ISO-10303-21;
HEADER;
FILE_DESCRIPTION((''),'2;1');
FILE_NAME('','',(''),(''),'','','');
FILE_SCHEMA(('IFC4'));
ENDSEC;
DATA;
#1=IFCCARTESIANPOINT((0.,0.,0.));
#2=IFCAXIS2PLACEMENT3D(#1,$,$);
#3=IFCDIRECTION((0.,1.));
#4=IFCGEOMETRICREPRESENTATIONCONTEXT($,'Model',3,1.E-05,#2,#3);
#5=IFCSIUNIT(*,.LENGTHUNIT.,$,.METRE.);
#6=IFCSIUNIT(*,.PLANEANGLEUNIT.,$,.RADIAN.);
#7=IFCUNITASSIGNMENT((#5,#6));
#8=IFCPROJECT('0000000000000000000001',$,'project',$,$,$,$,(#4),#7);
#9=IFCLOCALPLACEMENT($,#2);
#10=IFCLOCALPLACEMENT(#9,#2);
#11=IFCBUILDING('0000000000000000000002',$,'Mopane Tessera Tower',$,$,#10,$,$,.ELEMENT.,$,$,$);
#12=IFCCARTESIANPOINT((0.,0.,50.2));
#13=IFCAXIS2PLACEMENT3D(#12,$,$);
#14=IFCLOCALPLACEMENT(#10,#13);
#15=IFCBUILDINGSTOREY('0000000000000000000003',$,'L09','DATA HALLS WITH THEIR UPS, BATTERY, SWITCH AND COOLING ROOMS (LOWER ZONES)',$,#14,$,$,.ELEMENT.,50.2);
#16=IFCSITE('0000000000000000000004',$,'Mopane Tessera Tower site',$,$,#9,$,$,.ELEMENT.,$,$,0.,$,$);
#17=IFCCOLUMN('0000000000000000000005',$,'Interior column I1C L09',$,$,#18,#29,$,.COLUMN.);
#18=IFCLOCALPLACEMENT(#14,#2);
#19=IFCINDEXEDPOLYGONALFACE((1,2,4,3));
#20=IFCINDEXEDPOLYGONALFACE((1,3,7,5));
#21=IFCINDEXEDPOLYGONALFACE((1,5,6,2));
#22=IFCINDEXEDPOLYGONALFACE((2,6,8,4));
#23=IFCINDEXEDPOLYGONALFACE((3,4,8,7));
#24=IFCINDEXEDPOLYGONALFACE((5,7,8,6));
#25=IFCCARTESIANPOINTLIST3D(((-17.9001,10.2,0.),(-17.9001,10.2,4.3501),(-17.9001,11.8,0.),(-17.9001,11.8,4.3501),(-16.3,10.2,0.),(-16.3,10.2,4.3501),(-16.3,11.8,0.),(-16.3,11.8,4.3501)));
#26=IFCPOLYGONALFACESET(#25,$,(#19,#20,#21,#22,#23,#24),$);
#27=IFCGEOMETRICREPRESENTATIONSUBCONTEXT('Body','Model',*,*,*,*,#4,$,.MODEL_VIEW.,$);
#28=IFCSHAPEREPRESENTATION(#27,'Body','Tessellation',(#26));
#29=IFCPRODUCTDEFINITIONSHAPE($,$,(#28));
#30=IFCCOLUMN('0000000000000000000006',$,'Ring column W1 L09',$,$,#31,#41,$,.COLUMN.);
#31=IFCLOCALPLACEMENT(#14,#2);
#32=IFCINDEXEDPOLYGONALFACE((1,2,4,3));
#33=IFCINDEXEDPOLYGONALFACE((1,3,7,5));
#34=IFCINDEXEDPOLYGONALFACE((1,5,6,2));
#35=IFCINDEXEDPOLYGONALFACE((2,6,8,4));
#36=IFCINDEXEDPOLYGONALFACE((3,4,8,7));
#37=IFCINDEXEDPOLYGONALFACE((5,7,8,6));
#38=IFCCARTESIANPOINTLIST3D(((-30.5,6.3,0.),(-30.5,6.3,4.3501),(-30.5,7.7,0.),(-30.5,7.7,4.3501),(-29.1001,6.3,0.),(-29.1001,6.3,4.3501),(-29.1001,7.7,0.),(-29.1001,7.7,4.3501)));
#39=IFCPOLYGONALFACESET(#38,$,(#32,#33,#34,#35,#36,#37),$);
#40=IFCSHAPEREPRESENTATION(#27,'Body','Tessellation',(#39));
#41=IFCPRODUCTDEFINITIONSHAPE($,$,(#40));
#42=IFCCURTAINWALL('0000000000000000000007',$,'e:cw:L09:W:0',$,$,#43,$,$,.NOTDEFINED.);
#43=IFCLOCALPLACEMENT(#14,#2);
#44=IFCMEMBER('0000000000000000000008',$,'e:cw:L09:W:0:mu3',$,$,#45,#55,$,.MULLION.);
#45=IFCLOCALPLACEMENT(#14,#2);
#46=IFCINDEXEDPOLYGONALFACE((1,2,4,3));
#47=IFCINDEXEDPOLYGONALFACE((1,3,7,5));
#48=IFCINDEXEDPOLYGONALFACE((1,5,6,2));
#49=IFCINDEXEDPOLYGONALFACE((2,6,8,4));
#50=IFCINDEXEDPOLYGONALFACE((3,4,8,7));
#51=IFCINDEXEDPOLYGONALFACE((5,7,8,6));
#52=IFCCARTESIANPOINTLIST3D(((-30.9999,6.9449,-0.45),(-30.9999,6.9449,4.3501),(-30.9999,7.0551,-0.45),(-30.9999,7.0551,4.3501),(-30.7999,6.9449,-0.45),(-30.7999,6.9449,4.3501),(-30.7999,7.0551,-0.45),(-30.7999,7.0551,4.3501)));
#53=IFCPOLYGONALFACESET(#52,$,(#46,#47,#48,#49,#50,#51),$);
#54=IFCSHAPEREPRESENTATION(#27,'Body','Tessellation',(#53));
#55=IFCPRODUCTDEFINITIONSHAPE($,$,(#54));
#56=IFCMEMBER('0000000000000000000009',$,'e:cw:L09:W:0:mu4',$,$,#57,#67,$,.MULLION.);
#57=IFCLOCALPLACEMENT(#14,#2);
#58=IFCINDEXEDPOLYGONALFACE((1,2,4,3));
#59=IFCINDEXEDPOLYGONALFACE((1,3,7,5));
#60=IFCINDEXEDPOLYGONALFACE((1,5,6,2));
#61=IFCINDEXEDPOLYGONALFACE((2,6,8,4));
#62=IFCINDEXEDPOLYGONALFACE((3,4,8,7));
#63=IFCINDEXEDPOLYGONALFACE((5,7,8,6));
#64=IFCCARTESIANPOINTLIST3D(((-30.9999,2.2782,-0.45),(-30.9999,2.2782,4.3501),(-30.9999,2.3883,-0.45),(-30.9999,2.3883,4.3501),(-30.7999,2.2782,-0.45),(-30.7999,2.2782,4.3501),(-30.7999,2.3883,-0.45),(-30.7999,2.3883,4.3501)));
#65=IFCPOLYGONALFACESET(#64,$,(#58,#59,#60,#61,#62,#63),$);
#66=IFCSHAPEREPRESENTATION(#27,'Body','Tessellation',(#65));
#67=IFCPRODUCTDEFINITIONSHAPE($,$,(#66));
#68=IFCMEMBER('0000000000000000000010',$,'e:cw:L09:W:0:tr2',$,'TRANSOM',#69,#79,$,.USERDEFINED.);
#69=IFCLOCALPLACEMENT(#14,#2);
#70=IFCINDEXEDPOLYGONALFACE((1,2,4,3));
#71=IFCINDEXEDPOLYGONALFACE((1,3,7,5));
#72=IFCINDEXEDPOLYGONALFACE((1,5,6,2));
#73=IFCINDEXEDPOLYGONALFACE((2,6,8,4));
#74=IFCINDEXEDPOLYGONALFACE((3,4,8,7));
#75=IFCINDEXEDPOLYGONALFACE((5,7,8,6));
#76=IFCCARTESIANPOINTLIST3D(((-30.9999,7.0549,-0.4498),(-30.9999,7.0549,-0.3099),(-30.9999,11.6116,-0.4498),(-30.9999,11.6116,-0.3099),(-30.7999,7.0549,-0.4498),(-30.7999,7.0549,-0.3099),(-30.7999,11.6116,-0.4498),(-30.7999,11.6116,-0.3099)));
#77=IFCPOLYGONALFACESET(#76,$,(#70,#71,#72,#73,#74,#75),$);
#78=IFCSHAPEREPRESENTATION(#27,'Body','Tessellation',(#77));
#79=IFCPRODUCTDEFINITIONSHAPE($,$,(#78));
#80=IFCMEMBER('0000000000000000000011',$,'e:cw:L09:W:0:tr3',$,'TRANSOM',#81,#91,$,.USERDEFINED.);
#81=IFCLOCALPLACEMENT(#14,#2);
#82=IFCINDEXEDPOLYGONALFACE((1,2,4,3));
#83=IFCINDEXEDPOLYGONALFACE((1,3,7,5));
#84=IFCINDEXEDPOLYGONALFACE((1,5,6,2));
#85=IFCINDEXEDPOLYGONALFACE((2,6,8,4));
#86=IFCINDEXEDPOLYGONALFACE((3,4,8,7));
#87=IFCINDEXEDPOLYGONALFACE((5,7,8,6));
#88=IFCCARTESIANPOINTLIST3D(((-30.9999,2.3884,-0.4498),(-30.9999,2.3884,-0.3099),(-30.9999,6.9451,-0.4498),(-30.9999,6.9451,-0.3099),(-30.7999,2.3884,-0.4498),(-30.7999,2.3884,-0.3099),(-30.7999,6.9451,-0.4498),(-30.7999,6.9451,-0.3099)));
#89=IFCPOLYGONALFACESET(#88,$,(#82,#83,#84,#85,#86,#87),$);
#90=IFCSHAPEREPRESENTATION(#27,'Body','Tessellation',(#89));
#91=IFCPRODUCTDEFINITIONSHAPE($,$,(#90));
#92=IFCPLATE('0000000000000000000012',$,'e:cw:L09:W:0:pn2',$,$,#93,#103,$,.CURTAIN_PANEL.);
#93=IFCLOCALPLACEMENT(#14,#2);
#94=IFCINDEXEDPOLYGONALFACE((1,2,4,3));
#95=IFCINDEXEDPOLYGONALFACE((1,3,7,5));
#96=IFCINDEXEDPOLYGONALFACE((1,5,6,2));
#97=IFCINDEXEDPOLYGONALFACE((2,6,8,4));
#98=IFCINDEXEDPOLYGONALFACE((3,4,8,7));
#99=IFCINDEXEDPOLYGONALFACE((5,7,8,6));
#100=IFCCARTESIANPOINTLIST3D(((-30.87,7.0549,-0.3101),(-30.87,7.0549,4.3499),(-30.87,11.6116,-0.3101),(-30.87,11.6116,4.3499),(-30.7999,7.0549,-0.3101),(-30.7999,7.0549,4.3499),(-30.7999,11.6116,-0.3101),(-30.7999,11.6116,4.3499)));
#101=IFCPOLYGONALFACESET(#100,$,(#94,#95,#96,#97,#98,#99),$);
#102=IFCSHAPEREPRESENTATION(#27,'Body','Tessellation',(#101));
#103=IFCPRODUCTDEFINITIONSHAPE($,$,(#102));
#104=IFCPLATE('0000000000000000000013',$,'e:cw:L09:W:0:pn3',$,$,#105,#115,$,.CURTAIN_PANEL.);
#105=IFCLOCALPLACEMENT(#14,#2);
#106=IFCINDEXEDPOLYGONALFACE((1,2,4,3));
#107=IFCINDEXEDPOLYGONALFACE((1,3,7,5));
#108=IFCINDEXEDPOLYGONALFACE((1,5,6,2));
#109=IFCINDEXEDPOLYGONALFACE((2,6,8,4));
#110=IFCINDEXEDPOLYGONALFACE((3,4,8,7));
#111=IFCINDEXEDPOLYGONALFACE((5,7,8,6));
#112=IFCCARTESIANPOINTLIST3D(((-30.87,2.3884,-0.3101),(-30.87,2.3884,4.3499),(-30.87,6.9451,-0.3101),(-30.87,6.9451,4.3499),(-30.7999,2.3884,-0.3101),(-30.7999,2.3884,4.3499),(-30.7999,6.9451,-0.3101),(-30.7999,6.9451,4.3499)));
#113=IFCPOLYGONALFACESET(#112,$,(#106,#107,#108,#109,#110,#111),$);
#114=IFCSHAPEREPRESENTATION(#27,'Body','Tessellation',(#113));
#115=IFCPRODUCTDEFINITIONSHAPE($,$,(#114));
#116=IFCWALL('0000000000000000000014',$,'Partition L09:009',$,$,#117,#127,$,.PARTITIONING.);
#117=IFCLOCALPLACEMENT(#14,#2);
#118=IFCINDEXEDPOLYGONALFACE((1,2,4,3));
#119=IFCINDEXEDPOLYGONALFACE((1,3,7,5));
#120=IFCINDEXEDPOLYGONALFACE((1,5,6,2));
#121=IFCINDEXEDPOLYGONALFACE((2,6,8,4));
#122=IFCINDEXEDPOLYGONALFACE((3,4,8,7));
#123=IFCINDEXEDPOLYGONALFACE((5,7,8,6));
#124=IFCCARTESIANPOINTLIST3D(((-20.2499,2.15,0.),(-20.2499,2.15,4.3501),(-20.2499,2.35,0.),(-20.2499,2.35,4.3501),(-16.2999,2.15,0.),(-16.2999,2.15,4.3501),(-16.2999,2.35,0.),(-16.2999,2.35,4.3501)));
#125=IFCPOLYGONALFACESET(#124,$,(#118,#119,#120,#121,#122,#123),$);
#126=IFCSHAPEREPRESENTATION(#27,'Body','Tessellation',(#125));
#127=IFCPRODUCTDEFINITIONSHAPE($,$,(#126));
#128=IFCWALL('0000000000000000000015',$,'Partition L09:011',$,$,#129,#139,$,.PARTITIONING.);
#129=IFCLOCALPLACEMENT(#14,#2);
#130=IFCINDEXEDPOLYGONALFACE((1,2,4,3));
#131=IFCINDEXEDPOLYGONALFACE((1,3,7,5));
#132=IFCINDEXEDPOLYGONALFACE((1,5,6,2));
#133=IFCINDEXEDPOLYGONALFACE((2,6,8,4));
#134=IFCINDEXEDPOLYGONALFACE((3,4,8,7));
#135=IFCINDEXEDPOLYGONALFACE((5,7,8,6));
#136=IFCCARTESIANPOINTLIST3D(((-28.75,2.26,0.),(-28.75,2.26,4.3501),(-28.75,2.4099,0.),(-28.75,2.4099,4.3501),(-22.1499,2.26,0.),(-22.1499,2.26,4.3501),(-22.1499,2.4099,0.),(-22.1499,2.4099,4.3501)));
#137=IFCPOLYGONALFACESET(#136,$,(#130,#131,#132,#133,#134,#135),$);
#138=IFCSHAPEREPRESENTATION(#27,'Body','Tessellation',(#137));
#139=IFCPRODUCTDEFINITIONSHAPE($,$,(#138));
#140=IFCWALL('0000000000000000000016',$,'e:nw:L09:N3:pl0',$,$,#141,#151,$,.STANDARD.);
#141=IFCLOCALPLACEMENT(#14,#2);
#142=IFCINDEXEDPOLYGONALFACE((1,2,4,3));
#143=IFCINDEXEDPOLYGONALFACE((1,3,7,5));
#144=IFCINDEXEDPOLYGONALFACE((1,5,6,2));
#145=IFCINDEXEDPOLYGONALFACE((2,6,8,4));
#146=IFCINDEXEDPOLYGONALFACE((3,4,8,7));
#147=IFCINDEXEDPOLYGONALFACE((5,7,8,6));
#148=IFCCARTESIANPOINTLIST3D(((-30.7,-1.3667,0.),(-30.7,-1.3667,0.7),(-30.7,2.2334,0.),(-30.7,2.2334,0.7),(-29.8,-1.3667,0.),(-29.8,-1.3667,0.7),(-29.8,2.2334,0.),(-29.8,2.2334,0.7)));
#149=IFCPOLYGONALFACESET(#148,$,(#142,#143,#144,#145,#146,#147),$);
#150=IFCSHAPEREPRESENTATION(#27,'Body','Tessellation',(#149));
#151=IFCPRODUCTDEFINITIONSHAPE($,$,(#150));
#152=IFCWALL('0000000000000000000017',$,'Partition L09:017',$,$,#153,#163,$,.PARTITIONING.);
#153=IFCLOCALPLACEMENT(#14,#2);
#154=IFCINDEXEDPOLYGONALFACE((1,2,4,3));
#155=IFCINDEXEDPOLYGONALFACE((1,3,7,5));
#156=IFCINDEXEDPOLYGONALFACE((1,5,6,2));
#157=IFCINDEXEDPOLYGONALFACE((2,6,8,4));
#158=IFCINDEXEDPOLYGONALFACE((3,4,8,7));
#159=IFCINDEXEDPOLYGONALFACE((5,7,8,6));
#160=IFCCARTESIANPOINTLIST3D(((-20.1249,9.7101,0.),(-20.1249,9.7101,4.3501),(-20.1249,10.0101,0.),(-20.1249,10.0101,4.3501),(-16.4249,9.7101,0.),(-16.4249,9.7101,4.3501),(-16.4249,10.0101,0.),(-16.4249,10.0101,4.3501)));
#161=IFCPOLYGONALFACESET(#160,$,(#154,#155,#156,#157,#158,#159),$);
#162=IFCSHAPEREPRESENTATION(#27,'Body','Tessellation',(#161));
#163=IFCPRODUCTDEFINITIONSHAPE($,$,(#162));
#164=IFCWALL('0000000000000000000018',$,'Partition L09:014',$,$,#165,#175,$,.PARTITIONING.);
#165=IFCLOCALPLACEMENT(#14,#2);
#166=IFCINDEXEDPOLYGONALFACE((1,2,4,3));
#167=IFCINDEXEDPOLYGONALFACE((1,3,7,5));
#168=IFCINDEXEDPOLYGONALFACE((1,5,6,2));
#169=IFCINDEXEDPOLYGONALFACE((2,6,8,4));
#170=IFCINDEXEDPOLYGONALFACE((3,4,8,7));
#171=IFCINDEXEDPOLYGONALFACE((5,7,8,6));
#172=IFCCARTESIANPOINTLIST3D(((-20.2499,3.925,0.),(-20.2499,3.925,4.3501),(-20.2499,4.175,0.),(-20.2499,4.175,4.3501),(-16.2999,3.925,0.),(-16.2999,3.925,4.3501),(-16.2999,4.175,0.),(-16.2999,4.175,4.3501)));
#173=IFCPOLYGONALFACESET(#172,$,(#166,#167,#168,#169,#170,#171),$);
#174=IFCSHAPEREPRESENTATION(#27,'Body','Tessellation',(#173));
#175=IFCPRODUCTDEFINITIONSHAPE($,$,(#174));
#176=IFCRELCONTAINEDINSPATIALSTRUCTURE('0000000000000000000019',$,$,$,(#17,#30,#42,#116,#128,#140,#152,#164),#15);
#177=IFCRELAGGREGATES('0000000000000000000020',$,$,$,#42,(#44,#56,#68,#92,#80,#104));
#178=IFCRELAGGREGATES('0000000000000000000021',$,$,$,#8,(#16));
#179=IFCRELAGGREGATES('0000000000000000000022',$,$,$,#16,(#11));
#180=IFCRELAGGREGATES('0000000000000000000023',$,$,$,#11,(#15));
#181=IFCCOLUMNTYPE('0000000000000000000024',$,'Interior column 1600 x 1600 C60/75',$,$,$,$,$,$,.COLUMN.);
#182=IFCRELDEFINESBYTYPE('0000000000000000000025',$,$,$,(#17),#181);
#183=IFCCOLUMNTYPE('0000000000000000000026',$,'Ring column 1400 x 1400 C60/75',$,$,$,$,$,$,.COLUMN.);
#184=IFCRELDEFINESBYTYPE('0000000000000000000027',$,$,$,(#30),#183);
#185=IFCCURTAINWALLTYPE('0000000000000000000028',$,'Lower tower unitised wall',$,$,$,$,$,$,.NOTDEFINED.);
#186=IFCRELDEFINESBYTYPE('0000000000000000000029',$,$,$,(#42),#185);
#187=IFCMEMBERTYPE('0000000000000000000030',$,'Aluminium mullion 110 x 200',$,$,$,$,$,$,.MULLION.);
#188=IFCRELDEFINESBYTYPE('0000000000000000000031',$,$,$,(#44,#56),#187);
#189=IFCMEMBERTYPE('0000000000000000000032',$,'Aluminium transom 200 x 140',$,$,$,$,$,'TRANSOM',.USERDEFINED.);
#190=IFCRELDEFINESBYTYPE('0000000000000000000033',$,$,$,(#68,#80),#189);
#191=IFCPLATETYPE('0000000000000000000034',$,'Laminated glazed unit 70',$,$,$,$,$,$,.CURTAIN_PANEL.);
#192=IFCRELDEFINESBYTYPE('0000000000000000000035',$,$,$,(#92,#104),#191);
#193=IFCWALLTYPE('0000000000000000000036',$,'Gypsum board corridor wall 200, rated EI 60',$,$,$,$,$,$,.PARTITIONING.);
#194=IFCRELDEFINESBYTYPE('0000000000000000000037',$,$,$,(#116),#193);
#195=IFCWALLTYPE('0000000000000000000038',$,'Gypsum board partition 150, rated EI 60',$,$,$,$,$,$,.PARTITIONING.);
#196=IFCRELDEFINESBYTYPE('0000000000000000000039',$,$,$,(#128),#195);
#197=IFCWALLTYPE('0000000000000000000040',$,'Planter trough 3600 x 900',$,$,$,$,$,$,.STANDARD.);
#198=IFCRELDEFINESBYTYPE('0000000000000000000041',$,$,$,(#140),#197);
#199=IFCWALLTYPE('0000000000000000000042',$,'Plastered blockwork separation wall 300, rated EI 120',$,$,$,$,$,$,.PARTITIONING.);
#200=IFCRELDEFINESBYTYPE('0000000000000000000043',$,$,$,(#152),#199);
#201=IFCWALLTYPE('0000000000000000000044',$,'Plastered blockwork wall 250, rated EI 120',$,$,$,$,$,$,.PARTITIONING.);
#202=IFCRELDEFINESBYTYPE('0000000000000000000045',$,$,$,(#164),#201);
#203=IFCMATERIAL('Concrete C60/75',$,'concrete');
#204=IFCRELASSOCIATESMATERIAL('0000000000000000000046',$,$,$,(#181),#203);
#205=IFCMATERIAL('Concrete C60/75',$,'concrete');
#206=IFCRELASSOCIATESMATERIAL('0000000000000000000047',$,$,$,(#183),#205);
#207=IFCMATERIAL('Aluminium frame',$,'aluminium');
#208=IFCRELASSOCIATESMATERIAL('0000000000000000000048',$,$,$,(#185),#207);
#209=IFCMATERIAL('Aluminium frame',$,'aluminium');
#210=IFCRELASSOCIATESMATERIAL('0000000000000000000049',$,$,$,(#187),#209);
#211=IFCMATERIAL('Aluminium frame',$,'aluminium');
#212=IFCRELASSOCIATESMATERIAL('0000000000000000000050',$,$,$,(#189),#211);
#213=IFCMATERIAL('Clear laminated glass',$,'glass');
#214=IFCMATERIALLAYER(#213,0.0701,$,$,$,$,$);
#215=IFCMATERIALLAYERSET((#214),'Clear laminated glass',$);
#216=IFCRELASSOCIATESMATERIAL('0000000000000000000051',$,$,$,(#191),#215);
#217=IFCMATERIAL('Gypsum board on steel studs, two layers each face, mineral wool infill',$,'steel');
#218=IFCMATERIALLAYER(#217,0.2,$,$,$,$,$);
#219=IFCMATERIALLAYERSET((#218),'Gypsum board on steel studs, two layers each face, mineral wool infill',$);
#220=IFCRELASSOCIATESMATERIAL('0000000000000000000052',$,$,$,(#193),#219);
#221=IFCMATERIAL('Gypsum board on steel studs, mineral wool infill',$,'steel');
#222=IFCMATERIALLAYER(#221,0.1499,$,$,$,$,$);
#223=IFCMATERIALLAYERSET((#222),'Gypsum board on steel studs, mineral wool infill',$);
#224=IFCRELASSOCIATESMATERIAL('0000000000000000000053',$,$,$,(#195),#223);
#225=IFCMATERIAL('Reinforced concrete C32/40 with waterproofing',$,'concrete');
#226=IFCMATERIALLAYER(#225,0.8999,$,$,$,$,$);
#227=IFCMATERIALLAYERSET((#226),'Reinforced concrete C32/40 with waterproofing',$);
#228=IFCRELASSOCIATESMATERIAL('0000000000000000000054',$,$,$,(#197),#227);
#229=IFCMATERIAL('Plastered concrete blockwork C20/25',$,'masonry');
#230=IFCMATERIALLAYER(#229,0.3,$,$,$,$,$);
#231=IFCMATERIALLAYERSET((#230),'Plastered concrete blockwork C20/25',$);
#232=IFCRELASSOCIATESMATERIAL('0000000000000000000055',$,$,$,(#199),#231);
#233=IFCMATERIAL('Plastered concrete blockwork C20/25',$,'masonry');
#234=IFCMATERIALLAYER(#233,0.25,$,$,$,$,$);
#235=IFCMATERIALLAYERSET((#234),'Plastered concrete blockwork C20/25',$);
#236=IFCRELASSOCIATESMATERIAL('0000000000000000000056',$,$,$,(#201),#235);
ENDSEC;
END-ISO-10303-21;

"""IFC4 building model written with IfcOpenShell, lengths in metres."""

from ifc_helpers import new_model, si_unit, direction, frame, frame_2d, origin, origin_2d, place, context, subcontext, project, spatial, rectangle, extrude, material, layer, layer_set, material_profile, profile_set, type_object, element, aggregate, save


model = new_model("IFC4")

# Units and contexts
model_context = context("Model", 3, precision=1e-05, world=origin(), true_north=direction((0.0, 1.0)))
body_context = subcontext(model_context, "Body", "Model", "MODEL_VIEW")
ifc_project = project(units=[si_unit("LENGTHUNIT", "METRE"), si_unit("PLANEANGLEUNIT", "RADIAN")], contexts=[model_context])

# Site, building, storey
site_placement = place(None, origin())
site = spatial("IfcSite", under=ifc_project, at=site_placement, Name="Mopane Tessera Tower site", CompositionType="ELEMENT", RefElevation=0.0)
building_placement = place(site_placement, origin())
building = spatial("IfcBuilding", under=site, at=building_placement, Name="Mopane Tessera Tower", CompositionType="ELEMENT")
storey_placement = place(building_placement, frame((0.0, 0.0, 50.2)))
storey = spatial("IfcBuildingStorey", under=building, at=storey_placement, Name="L09", Description="DATA HALLS WITH THEIR UPS, BATTERY, SWITCH AND COOLING ROOMS (LOWER ZONES)", CompositionType="ELEMENT", Elevation=50.2)

# Columns
ifc_material_1 = material(Name="Concrete C60/75", Category="concrete")
ifc_material_profile_1 = material_profile(ifc_material_1, rectangle(XDim=1.6001, YDim=1.6001, at=origin_2d()))
ifc_profile_set_1 = profile_set([ifc_material_profile_1], Name="Concrete C60/75")
column_type_1 = type_object("IfcColumnType", Name="Interior column 1600 x 1600 C60/75", PredefinedType="COLUMN", material=ifc_profile_set_1)
column_1_placement = place(storey_placement, frame((-17.1001, 11.0, 0.0), z_axis=(0.0, 0.0, 1.0), x_axis=(1.0, 0.0, 0.0)))
element("IfcColumn", 1, at=column_1_placement, inside=storey, type_object=column_type_1, Name="Interior column I1C L09", PredefinedType="COLUMN", context=body_context, shape_type="SweptSolid", body=[
    extrude(rectangle(XDim=1.6001, YDim=1.6001, at=origin_2d()), origin(), (0.0, 0.0, 1.0), 4.3501),
])
ifc_material_2 = material(Name="Concrete C60/75", Category="concrete")
ifc_material_profile_2 = material_profile(ifc_material_2, rectangle(XDim=1.3999, YDim=1.3999, at=origin_2d()))
ifc_profile_set_2 = profile_set([ifc_material_profile_2], Name="Concrete C60/75")
column_type_2 = type_object("IfcColumnType", Name="Ring column 1400 x 1400 C60/75", PredefinedType="COLUMN", material=ifc_profile_set_2)
column_2_placement = place(storey_placement, frame((-29.8, 7.0, 0.0), z_axis=(0.0, 0.0, 1.0), x_axis=(1.0, 0.0, 0.0)))
element("IfcColumn", 2, at=column_2_placement, inside=storey, type_object=column_type_2, Name="Ring column W1 L09", PredefinedType="COLUMN", context=body_context, shape_type="SweptSolid", body=[
    extrude(rectangle(XDim=1.3999, YDim=1.3999, at=origin_2d()), origin(), (0.0, 0.0, 1.0), 4.3501),
])

# Curtain wall, members, plates
ifc_material_3 = material(Name="Aluminium frame", Category="aluminium")
curtain_wall_type = type_object("IfcCurtainWallType", Name="Lower tower unitised wall", PredefinedType="NOTDEFINED", material=ifc_material_3)
curtain_wall_placement = place(storey_placement, origin())
curtain_wall = element("IfcCurtainWall", 3, at=curtain_wall_placement, inside=storey, type_object=curtain_wall_type, Name="e:cw:L09:W:0", PredefinedType="NOTDEFINED")
ifc_material_4 = material(Name="Aluminium frame", Category="aluminium")
ifc_material_profile_3 = material_profile(ifc_material_4, rectangle(XDim=0.1101, YDim=0.2, at=origin_2d()))
ifc_profile_set_3 = profile_set([ifc_material_profile_3], Name="Aluminium frame")
member_type_1 = type_object("IfcMemberType", Name="Aluminium mullion 110 x 200", PredefinedType="MULLION", material=ifc_profile_set_3)
member_1_placement = place(storey_placement, frame((-30.8999, 7.0, -0.45), z_axis=(0.0, 0.0, 1.0), x_axis=(0.0, -1.0, 0.0)))
member_1 = element("IfcMember", 4, at=member_1_placement, type_object=member_type_1, Name="e:cw:L09:W:0:mu3", PredefinedType="MULLION", context=body_context, shape_type="SweptSolid", body=[
    extrude(rectangle(XDim=0.1101, YDim=0.2, at=origin_2d()), origin(), (0.0, 0.0, 1.0), 4.8),
])
member_2_placement = place(storey_placement, frame((-30.8999, 2.3333, -0.45), z_axis=(0.0, 0.0, 1.0), x_axis=(0.0, -1.0, 0.0)))
member_2 = element("IfcMember", 5, at=member_2_placement, type_object=member_type_1, Name="e:cw:L09:W:0:mu4", PredefinedType="MULLION", context=body_context, shape_type="SweptSolid", body=[
    extrude(rectangle(XDim=0.1101, YDim=0.2, at=origin_2d()), origin(), (0.0, 0.0, 1.0), 4.8),
])
ifc_material_5 = material(Name="Aluminium frame", Category="aluminium")
ifc_material_profile_4 = material_profile(ifc_material_5, rectangle(XDim=0.2, YDim=0.1399, at=origin_2d()))
ifc_profile_set_4 = profile_set([ifc_material_profile_4], Name="Aluminium frame")
member_type_2 = type_object("IfcMemberType", Name="Aluminium transom 200 x 140", ElementType="TRANSOM", PredefinedType="USERDEFINED", material=ifc_profile_set_4)
member_3_placement = place(storey_placement, frame((-30.8999, 11.6116, -0.3799), z_axis=(0.0, -1.0, 0.0), x_axis=(1.0, 0.0, 0.0)))
member_3 = element("IfcMember", 6, at=member_3_placement, type_object=member_type_2, Name="e:cw:L09:W:0:tr2", ObjectType="TRANSOM", PredefinedType="USERDEFINED", context=body_context, shape_type="SweptSolid", body=[
    extrude(rectangle(XDim=0.2, YDim=0.1399, at=origin_2d()), origin(), (0.0, 0.0, 1.0), 4.5566),
])
member_4_placement = place(storey_placement, frame((-30.8999, 6.9451, -0.3799), z_axis=(0.0, -1.0, 0.0), x_axis=(1.0, 0.0, 0.0)))
member_4 = element("IfcMember", 7, at=member_4_placement, type_object=member_type_2, Name="e:cw:L09:W:0:tr3", ObjectType="TRANSOM", PredefinedType="USERDEFINED", context=body_context, shape_type="SweptSolid", body=[
    extrude(rectangle(XDim=0.2, YDim=0.1399, at=origin_2d()), origin(), (0.0, 0.0, 1.0), 4.5566),
])
ifc_material_6 = material(Name="Clear laminated glass", Category="glass")
ifc_layer_1 = layer(ifc_material_6, 0.0701)
ifc_layer_set_1 = layer_set([ifc_layer_1], Name="Clear laminated glass")
plate_type = type_object("IfcPlateType", Name="Laminated glazed unit 70", PredefinedType="CURTAIN_PANEL", material=ifc_layer_set_1)
plate_1_placement = place(storey_placement, frame((-30.835, 9.3333, -0.3101), z_axis=(0.0, 0.0, 1.0), x_axis=(0.0, -1.0, 0.0)))
plate_1 = element("IfcPlate", 8, at=plate_1_placement, type_object=plate_type, Name="e:cw:L09:W:0:pn2", PredefinedType="CURTAIN_PANEL", context=body_context, shape_type="SweptSolid", body=[
    extrude(rectangle(XDim=4.5566, YDim=0.0701, at=origin_2d()), origin(), (0.0, 0.0, 1.0), 4.6599),
])
plate_2_placement = place(storey_placement, frame((-30.835, 4.6667, -0.3101), z_axis=(0.0, 0.0, 1.0), x_axis=(0.0, -1.0, 0.0)))
plate_2 = element("IfcPlate", 9, at=plate_2_placement, type_object=plate_type, Name="e:cw:L09:W:0:pn3", PredefinedType="CURTAIN_PANEL", context=body_context, shape_type="SweptSolid", body=[
    extrude(rectangle(XDim=4.5566, YDim=0.0701, at=origin_2d()), origin(), (0.0, 0.0, 1.0), 4.6599),
])
aggregate(curtain_wall, [member_1, member_2, member_3, plate_1, member_4, plate_2])

# Walls
ifc_material_7 = material(Name="Gypsum board on steel studs, two layers each face, mineral wool infill", Category="steel")
ifc_layer_2 = layer(ifc_material_7, 0.2)
ifc_layer_set_2 = layer_set([ifc_layer_2], Name="Gypsum board on steel studs, two layers each face, mineral wool infill")
wall_type_1 = type_object("IfcWallType", Name="Gypsum board corridor wall 200, rated EI 60", PredefinedType="PARTITIONING", material=ifc_layer_set_2)
wall_1_placement = place(storey_placement, frame((-20.25, 2.25, 0.0), z_axis=(0.0, 0.0, 1.0), x_axis=(1.0, 0.0, 0.0)))
element("IfcWall", 10, at=wall_1_placement, inside=storey, type_object=wall_type_1, Name="Partition L09:009", PredefinedType="PARTITIONING", context=body_context, shape_type="SweptSolid", body=[
    extrude(rectangle(XDim=3.95, YDim=0.2, at=frame_2d((1.9751, 0.0))), origin(), (0.0, 0.0, 1.0), 4.3501),
])
ifc_material_8 = material(Name="Gypsum board on steel studs, mineral wool infill", Category="steel")
ifc_layer_3 = layer(ifc_material_8, 0.1499)
ifc_layer_set_3 = layer_set([ifc_layer_3], Name="Gypsum board on steel studs, mineral wool infill")
wall_type_2 = type_object("IfcWallType", Name="Gypsum board partition 150, rated EI 60", PredefinedType="PARTITIONING", material=ifc_layer_set_3)
wall_2_placement = place(storey_placement, frame((-28.75, 2.335, 0.0), z_axis=(0.0, 0.0, 1.0), x_axis=(1.0, 0.0, 0.0)))
element("IfcWall", 11, at=wall_2_placement, inside=storey, type_object=wall_type_2, Name="Partition L09:011", PredefinedType="PARTITIONING", context=body_context, shape_type="SweptSolid", body=[
    extrude(rectangle(XDim=6.6001, YDim=0.1499, at=frame_2d((3.3, 0.0))), origin(), (0.0, 0.0, 1.0), 4.3501),
])
ifc_material_9 = material(Name="Reinforced concrete C32/40 with waterproofing", Category="concrete")
ifc_layer_4 = layer(ifc_material_9, 0.8999)
ifc_layer_set_4 = layer_set([ifc_layer_4], Name="Reinforced concrete C32/40 with waterproofing")
wall_type_3 = type_object("IfcWallType", Name="Planter trough 3600 x 900", PredefinedType="STANDARD", material=ifc_layer_set_4)
wall_3_placement = place(storey_placement, frame((-30.25, 2.2334, 0.0), z_axis=(0.0, 0.0, 1.0), x_axis=(0.0, -1.0, 0.0)))
element("IfcWall", 12, at=wall_3_placement, inside=storey, type_object=wall_type_3, Name="e:nw:L09:N3:pl0", PredefinedType="STANDARD", context=body_context, shape_type="SweptSolid", body=[
    extrude(rectangle(XDim=3.6001, YDim=0.8999, at=frame_2d((1.8, 0.0))), origin(), (0.0, 0.0, 1.0), 0.7),
])
ifc_material_10 = material(Name="Plastered concrete blockwork C20/25", Category="masonry")
ifc_layer_5 = layer(ifc_material_10, 0.3)
ifc_layer_set_5 = layer_set([ifc_layer_5], Name="Plastered concrete blockwork C20/25")
wall_type_4 = type_object("IfcWallType", Name="Plastered blockwork separation wall 300, rated EI 120", PredefinedType="PARTITIONING", material=ifc_layer_set_5)
wall_4_placement = place(storey_placement, frame((-20.125, 9.8601, 0.0), z_axis=(0.0, 0.0, 1.0), x_axis=(1.0, 0.0, 0.0)))
element("IfcWall", 13, at=wall_4_placement, inside=storey, type_object=wall_type_4, Name="Partition L09:017", PredefinedType="PARTITIONING", context=body_context, shape_type="SweptSolid", body=[
    extrude(rectangle(XDim=3.7, YDim=0.3, at=frame_2d((1.8501, 0.0))), origin(), (0.0, 0.0, 1.0), 4.3501),
])
ifc_material_11 = material(Name="Plastered concrete blockwork C20/25", Category="masonry")
ifc_layer_6 = layer(ifc_material_11, 0.25)
ifc_layer_set_6 = layer_set([ifc_layer_6], Name="Plastered concrete blockwork C20/25")
wall_type_5 = type_object("IfcWallType", Name="Plastered blockwork wall 250, rated EI 120", PredefinedType="PARTITIONING", material=ifc_layer_set_6)
wall_5_placement = place(storey_placement, frame((-20.25, 4.05, 0.0), z_axis=(0.0, 0.0, 1.0), x_axis=(1.0, 0.0, 0.0)))
element("IfcWall", 14, at=wall_5_placement, inside=storey, type_object=wall_type_5, Name="Partition L09:014", PredefinedType="PARTITIONING", context=body_context, shape_type="SweptSolid", body=[
    extrude(rectangle(XDim=3.95, YDim=0.25, at=frame_2d((1.9751, 0.0))), origin(), (0.0, 0.0, 1.0), 4.3501),
])

save(model, "model.ifc")
